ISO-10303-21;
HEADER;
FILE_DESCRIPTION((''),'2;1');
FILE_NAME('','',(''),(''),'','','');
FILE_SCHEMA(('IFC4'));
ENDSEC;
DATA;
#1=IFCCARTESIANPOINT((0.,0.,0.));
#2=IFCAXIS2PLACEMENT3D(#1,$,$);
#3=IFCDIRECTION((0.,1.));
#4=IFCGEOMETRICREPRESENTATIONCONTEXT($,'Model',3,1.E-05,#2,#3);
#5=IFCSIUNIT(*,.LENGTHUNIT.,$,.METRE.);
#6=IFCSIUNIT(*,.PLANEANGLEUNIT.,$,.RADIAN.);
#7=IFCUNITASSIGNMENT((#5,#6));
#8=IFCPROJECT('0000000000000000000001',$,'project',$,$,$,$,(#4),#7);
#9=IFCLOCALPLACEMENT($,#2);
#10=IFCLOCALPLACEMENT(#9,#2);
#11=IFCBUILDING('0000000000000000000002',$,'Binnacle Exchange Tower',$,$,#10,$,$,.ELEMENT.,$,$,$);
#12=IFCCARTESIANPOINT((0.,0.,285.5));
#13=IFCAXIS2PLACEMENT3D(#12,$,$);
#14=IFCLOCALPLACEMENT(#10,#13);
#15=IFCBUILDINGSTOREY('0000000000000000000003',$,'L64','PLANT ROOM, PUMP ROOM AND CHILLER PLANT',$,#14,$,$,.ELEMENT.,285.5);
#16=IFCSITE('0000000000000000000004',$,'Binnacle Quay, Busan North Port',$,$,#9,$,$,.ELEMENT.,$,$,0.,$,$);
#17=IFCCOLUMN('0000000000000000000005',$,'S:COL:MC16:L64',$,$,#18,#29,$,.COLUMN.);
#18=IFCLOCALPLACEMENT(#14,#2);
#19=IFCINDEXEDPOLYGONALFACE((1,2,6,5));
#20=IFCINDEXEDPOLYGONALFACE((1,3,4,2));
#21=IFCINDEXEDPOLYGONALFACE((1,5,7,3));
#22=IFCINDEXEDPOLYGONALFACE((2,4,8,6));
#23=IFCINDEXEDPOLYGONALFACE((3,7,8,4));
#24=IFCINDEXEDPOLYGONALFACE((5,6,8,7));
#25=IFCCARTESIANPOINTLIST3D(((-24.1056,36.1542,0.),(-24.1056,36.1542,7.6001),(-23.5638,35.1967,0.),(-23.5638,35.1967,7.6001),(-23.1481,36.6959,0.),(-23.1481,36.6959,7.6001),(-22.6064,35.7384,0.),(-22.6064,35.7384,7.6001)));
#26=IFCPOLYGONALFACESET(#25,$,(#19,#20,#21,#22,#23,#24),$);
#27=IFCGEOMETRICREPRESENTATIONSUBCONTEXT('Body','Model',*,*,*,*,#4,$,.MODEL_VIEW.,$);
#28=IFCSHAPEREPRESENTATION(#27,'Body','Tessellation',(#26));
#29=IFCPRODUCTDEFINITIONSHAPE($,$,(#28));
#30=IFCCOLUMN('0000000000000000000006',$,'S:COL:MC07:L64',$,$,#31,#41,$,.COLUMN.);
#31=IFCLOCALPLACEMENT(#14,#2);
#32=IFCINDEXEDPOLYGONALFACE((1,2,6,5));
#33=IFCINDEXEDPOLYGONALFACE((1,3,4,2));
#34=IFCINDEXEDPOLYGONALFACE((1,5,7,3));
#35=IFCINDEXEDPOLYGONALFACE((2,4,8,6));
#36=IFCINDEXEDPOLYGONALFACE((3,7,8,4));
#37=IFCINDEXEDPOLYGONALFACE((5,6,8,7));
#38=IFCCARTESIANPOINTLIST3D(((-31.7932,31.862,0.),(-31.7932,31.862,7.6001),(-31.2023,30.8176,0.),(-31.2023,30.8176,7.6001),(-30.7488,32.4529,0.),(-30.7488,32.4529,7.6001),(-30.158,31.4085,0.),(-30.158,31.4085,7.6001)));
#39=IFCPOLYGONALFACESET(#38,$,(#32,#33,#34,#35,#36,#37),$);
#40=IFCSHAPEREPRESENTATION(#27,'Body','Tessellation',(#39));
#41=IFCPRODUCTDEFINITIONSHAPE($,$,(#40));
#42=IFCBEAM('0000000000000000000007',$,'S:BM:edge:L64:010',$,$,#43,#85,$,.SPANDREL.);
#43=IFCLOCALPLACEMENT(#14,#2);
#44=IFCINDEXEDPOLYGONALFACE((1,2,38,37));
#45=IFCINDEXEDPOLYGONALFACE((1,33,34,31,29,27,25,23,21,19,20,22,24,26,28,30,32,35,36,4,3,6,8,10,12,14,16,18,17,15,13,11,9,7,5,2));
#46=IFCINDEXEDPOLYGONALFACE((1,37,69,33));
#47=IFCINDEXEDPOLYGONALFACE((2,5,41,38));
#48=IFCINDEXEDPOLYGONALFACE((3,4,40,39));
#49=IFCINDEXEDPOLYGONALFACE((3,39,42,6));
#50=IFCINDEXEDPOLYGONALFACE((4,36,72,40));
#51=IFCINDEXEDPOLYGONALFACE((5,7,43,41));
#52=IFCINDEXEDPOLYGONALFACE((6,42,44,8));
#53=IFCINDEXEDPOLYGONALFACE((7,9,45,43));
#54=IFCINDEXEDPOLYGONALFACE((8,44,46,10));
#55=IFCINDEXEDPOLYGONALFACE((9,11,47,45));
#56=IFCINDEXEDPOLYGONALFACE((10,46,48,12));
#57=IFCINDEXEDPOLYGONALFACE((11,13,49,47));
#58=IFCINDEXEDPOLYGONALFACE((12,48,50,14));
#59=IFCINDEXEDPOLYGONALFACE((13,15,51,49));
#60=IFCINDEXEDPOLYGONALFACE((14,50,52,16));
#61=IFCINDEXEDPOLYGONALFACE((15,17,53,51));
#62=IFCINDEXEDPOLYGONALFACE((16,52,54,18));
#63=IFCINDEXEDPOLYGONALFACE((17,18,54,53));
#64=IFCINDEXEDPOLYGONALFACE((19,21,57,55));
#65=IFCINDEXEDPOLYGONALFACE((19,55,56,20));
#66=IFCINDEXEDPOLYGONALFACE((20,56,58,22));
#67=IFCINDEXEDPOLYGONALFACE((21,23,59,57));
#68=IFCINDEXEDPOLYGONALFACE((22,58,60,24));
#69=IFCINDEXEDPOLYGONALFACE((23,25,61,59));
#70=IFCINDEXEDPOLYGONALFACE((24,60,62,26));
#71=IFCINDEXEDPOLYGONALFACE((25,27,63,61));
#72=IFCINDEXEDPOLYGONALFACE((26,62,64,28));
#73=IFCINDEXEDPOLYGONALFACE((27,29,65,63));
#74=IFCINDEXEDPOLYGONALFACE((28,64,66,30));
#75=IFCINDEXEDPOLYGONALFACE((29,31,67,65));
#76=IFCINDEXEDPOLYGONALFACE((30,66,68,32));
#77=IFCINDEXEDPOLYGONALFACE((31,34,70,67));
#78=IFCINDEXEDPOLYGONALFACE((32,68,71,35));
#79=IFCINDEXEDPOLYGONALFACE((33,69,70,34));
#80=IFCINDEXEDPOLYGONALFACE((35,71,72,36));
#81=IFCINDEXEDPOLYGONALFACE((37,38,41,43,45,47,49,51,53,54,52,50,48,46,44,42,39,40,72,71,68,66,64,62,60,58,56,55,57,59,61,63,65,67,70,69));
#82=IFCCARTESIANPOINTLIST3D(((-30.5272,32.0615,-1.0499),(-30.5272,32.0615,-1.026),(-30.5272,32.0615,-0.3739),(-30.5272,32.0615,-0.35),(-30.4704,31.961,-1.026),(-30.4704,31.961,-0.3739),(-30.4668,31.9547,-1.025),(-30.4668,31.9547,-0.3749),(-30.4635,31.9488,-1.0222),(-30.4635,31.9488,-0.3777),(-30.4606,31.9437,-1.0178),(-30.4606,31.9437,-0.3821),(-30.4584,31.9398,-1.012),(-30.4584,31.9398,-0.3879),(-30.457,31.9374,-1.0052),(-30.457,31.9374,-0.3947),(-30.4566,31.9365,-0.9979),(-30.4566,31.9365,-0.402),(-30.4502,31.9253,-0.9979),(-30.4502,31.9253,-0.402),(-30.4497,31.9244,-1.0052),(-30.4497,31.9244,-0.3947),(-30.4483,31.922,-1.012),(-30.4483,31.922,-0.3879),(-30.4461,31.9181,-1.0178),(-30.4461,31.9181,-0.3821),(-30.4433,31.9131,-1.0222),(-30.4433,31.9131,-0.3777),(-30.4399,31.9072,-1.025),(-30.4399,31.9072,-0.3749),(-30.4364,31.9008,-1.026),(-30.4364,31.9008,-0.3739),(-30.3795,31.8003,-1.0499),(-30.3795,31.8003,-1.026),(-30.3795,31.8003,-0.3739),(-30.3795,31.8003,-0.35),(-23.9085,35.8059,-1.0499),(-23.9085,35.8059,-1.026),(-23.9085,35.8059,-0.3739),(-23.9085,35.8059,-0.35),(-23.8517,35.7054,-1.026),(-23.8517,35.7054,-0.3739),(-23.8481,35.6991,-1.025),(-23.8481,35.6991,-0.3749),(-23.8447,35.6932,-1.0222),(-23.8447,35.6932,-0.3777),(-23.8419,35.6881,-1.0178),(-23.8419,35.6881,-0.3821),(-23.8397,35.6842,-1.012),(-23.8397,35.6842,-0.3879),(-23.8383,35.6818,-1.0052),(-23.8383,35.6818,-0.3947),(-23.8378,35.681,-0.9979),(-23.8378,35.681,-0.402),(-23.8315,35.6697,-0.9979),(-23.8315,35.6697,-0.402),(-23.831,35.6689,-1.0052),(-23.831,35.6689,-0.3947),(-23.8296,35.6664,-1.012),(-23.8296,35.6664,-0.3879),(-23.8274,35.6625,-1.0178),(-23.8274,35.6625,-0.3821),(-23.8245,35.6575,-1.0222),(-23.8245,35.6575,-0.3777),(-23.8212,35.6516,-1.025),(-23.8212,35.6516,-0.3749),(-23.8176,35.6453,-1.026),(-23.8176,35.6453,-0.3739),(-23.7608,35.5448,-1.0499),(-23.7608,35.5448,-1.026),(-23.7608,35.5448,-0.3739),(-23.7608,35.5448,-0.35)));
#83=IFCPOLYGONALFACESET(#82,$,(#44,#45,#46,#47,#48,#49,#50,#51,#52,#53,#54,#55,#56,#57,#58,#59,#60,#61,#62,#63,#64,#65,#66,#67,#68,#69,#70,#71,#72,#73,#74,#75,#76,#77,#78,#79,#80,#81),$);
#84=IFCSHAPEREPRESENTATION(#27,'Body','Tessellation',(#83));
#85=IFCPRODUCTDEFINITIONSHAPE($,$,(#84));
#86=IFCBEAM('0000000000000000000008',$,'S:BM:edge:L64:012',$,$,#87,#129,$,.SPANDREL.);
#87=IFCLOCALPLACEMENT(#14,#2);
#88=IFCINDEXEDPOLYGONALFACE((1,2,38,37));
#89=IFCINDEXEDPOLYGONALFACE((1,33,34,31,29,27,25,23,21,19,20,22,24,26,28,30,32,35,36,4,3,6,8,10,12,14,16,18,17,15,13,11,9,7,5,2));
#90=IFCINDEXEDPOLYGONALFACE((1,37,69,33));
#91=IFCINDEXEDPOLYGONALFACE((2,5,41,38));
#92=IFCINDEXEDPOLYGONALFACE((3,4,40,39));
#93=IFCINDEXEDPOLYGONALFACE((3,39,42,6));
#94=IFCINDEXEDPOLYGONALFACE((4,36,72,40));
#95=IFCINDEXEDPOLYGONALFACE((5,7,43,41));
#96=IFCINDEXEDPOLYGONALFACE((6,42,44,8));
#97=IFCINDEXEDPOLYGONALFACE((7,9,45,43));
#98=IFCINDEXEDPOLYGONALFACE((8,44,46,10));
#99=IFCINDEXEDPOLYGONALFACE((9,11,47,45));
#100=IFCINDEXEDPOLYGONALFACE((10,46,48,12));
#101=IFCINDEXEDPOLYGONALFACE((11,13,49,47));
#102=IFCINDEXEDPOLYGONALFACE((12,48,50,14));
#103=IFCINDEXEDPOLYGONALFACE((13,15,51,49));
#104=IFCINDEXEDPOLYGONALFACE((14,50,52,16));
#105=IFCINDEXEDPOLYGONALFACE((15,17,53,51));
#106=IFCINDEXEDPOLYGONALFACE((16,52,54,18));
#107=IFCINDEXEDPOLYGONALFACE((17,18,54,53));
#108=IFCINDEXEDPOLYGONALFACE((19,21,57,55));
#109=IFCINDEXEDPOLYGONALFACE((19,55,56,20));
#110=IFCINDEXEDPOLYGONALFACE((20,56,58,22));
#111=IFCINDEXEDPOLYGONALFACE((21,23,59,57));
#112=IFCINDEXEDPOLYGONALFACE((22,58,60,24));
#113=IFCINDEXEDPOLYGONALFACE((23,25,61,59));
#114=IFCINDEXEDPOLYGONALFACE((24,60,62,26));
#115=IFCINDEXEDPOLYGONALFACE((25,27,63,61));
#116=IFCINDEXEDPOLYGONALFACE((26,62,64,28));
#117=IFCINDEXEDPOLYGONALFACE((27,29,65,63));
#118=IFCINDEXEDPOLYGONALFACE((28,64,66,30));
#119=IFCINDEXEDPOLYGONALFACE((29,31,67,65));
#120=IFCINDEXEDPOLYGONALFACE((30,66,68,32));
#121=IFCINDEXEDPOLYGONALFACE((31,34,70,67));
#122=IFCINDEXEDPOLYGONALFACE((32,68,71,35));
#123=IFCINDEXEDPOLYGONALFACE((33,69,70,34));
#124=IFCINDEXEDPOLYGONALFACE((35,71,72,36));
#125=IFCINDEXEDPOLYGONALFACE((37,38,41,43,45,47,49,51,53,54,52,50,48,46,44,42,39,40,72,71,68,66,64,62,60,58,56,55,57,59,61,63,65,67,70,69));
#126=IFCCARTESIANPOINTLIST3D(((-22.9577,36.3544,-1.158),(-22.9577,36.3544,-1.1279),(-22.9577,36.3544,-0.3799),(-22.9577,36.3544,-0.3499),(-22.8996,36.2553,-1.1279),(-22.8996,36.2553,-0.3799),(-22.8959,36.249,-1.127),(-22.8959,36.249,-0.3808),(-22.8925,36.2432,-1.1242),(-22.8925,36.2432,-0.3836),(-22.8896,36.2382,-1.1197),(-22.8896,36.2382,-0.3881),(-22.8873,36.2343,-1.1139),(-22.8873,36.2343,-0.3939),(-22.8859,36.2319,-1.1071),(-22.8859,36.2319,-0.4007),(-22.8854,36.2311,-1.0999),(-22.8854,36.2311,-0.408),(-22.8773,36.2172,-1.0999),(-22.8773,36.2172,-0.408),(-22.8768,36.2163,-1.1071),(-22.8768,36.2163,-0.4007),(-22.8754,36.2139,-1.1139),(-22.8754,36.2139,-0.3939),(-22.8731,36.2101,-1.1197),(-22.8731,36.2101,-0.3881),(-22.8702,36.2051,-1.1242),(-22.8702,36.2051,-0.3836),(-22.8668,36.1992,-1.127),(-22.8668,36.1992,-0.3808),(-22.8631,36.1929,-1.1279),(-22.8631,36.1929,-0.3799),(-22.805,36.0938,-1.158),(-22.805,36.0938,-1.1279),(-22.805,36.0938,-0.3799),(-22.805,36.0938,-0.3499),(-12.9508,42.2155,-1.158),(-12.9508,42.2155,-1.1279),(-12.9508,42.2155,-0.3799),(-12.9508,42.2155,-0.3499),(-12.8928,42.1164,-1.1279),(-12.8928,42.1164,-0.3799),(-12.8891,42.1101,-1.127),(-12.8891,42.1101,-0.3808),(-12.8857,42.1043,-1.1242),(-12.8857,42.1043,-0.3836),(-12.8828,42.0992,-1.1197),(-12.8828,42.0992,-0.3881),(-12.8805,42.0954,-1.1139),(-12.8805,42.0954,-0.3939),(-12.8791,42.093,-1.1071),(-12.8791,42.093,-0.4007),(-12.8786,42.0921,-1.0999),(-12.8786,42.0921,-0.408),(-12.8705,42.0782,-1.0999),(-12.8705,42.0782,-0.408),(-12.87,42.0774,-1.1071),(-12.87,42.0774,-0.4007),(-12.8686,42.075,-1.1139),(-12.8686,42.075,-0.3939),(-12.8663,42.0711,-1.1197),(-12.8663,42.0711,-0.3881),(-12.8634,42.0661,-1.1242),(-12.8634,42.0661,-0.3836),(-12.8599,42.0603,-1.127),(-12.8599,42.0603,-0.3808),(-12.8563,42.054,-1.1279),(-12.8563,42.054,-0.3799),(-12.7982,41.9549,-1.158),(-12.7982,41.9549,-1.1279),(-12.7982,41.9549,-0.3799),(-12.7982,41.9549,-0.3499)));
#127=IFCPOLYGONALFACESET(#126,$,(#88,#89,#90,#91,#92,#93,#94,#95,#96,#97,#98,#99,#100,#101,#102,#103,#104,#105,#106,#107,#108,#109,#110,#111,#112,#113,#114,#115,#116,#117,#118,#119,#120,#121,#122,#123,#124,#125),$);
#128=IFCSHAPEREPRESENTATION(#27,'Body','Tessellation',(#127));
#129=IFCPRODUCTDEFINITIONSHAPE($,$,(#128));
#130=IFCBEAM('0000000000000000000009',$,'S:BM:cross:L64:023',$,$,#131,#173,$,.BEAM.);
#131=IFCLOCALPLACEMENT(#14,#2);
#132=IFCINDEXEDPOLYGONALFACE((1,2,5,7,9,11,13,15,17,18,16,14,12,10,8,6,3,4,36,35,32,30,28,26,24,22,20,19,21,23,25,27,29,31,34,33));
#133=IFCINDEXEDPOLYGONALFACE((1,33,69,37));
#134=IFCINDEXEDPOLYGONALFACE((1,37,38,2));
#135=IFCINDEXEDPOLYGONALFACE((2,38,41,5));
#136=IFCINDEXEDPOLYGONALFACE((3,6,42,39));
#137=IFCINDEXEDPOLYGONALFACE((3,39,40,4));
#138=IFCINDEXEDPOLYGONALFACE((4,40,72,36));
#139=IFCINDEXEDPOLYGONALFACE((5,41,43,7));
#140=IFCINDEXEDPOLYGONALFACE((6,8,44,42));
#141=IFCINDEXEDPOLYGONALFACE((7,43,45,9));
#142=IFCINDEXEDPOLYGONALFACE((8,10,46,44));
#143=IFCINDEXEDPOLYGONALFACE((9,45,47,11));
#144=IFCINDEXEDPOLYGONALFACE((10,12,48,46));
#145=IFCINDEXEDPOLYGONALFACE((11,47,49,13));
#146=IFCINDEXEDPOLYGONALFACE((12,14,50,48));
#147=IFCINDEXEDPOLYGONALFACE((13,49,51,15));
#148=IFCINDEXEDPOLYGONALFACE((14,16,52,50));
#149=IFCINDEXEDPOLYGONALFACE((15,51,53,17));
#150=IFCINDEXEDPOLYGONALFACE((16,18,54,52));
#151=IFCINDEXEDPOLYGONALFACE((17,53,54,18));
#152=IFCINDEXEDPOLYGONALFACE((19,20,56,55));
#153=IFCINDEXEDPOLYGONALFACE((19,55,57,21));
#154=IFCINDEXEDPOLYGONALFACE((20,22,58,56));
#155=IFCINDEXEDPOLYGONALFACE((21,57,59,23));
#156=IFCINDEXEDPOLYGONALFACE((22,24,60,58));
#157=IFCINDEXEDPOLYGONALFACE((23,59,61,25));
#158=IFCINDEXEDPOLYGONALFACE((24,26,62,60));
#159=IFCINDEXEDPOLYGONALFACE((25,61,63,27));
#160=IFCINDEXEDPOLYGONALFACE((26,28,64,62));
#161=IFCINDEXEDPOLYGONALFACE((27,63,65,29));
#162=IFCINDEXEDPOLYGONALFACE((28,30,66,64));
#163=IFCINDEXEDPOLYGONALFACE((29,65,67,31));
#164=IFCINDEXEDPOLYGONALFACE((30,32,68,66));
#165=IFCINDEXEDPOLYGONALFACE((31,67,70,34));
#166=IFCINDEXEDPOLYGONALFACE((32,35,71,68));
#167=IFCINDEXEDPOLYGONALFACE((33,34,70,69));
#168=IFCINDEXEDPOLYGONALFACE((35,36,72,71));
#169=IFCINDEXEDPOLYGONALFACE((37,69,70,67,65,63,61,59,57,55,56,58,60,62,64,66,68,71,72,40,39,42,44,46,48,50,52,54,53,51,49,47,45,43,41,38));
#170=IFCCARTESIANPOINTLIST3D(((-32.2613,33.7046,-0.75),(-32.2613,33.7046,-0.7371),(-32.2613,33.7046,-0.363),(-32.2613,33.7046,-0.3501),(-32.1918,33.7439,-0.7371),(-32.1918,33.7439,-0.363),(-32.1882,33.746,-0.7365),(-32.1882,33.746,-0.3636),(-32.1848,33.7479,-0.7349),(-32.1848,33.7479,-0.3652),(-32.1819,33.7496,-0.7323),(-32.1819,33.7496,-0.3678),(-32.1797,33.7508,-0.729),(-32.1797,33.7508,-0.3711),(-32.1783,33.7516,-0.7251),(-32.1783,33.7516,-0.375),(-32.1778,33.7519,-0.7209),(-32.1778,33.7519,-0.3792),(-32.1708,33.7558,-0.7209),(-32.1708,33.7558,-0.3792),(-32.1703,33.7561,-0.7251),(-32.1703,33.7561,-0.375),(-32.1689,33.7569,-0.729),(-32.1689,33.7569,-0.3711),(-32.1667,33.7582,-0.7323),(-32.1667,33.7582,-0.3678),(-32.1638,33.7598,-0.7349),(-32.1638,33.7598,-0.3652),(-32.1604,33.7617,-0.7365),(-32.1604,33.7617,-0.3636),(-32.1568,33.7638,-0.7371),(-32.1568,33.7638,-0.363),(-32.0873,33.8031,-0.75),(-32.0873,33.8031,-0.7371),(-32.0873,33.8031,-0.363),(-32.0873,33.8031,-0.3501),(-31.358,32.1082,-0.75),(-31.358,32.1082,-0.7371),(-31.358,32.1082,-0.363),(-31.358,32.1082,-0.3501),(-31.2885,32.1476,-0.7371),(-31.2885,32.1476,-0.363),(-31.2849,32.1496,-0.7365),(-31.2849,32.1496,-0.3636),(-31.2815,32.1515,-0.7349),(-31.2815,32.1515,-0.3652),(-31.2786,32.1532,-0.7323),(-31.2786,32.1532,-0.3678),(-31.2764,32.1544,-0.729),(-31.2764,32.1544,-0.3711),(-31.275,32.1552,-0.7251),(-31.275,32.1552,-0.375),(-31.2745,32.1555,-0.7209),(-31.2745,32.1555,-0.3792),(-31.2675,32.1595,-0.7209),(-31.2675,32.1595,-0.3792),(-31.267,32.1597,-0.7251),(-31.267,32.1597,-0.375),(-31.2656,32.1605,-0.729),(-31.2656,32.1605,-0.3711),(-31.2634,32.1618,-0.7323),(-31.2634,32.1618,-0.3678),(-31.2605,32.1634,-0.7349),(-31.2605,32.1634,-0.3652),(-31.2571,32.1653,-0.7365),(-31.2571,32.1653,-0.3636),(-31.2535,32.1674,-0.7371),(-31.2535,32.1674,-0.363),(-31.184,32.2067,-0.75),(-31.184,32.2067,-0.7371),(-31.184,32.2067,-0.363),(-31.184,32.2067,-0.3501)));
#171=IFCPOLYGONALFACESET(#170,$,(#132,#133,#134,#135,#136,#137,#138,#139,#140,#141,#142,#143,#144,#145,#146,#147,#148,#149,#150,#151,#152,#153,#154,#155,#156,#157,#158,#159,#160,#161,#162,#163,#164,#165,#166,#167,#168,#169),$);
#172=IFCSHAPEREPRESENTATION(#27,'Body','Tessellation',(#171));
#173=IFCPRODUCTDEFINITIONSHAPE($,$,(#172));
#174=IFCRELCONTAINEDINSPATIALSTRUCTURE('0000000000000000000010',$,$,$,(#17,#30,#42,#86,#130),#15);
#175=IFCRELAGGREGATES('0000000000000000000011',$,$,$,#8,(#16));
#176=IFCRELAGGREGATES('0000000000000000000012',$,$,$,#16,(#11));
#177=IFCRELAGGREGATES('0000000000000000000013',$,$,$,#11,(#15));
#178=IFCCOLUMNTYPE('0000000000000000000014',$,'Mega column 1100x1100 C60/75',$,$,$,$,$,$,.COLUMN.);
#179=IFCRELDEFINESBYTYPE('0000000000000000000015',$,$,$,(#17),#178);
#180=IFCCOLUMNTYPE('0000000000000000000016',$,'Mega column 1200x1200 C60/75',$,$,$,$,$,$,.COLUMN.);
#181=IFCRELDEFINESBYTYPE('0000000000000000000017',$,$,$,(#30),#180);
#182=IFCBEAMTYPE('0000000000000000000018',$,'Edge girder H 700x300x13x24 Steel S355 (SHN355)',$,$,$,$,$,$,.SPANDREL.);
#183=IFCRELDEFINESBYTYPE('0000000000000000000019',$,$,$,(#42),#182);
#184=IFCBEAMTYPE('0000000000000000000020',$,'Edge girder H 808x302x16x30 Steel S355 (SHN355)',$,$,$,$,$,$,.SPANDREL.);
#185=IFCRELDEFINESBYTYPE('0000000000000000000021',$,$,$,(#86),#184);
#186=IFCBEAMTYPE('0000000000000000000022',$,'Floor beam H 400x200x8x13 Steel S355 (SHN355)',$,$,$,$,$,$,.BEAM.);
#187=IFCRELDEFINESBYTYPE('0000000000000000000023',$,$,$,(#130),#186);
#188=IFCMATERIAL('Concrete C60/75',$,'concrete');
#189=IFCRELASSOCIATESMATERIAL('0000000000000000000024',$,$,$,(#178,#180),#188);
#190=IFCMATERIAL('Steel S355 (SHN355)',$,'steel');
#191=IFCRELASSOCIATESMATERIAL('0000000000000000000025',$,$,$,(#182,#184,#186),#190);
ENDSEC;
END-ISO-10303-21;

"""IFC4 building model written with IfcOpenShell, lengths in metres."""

from ifc_helpers import new_model, si_unit, direction, frame, origin, origin_2d, place, context, subcontext, project, spatial, rectangle, i_section, extrude, material, material_profile, profile_set, type_object, element, save


model = new_model("IFC4")

# Units and contexts
model_context = context("Model", 3, precision=1e-05, world=origin(), true_north=direction((0.0, 1.0)))
body_context = subcontext(model_context, "Body", "Model", "MODEL_VIEW")
ifc_project = project(units=[si_unit("LENGTHUNIT", "METRE"), si_unit("PLANEANGLEUNIT", "RADIAN")], contexts=[model_context])

# Site, building, storey
site_placement = place(None, origin())
site = spatial("IfcSite", under=ifc_project, at=site_placement, Name="Binnacle Quay, Busan North Port", CompositionType="ELEMENT", RefElevation=0.0)
building_placement = place(site_placement, origin())
building = spatial("IfcBuilding", under=site, at=building_placement, Name="Binnacle Exchange Tower", CompositionType="ELEMENT")
storey_placement = place(building_placement, frame((0.0, 0.0, 285.5)))
storey = spatial("IfcBuildingStorey", under=building, at=storey_placement, Name="L64", Description="PLANT ROOM, PUMP ROOM AND CHILLER PLANT", CompositionType="ELEMENT", Elevation=285.5)

# Columns
ifc_material_1 = material(Name="Concrete C60/75", Category="concrete")
ifc_material_profile_1 = material_profile(ifc_material_1, rectangle(XDim=1.1001, YDim=1.1001, at=origin_2d()), Name="Mega column 1100x1100 C60/75")
ifc_profile_set_1 = profile_set([ifc_material_profile_1], Name="Concrete C60/75")
column_type_1 = type_object("IfcColumnType", Name="Mega column 1100x1100 C60/75", PredefinedType="COLUMN", material=ifc_profile_set_1)
column_1_placement = place(storey_placement, frame((-23.356, 35.9463, 0.0), z_axis=(0.0, 0.0, 1.0), x_axis=(0.870356, 0.492424, 0.0)))
element("IfcColumn", 1, at=column_1_placement, inside=storey, type_object=column_type_1, Name="S:COL:MC16:L64", PredefinedType="COLUMN", context=body_context, shape_type="SweptSolid", body=[
    extrude(rectangle(XDim=1.1001, YDim=1.1001, at=origin_2d()), origin(), (0.0, 0.0, 1.0), 7.6001),
])
ifc_material_profile_2 = material_profile(ifc_material_1, rectangle(XDim=1.2, YDim=1.2, at=origin_2d()), Name="Mega column 1200x1200 C60/75")
ifc_profile_set_2 = profile_set([ifc_material_profile_2], Name="Concrete C60/75")
column_type_2 = type_object("IfcColumnType", Name="Mega column 1200x1200 C60/75", PredefinedType="COLUMN", material=ifc_profile_set_2)
column_2_placement = place(storey_placement, frame((-30.9756, 31.6353, 0.0), z_axis=(0.0, 0.0, 1.0), x_axis=(0.870356, 0.492424, 0.0)))
element("IfcColumn", 2, at=column_2_placement, inside=storey, type_object=column_type_2, Name="S:COL:MC07:L64", PredefinedType="COLUMN", context=body_context, shape_type="SweptSolid", body=[
    extrude(rectangle(XDim=1.2, YDim=1.2, at=origin_2d()), origin(), (0.0, 0.0, 1.0), 7.6001),
])

# Beams
ifc_material_2 = material(Name="Steel S355 (SHN355)", Category="steel")
ifc_material_profile_3 = material_profile(ifc_material_2, i_section(OverallWidth=0.3, OverallDepth=0.7, WebThickness=0.0129, FlangeThickness=0.0239, FilletRadius=0.0281, at=origin_2d()), Name="H 700x300x13x24")
ifc_profile_set_3 = profile_set([ifc_material_profile_3], Name="Steel S355 (SHN355)")
beam_type_1 = type_object("IfcBeamType", Name="Edge girder H 700x300x13x24 Steel S355 (SHN355)", PredefinedType="SPANDREL", material=ifc_profile_set_3)
beam_1_placement = place(storey_placement, frame((-30.4534, 31.9309, -0.7), z_axis=(0.870371, 0.492397, 0.0), x_axis=(-0.492397, 0.870371, 0.0)))
element("IfcBeam", 3, at=beam_1_placement, inside=storey, type_object=beam_type_1, Name="S:BM:edge:L64:010", PredefinedType="SPANDREL", context=body_context, shape_type="SweptSolid", body=[
    extrude(i_section(OverallWidth=0.3, OverallDepth=0.7, WebThickness=0.0129, FlangeThickness=0.0239, FilletRadius=0.0281, at=origin_2d()), origin(), (0.0, 0.0, 1.0), 7.6045),
])
ifc_material_profile_4 = material_profile(ifc_material_2, i_section(OverallWidth=0.302, OverallDepth=0.8081, WebThickness=0.0161, FlangeThickness=0.03, FilletRadius=0.0281, at=origin_2d()), Name="H 808x302x16x30")
ifc_profile_set_4 = profile_set([ifc_material_profile_4], Name="Steel S355 (SHN355)")
beam_type_2 = type_object("IfcBeamType", Name="Edge girder H 808x302x16x30 Steel S355 (SHN355)", PredefinedType="SPANDREL", material=ifc_profile_set_4)
beam_2_placement = place(storey_placement, frame((-22.8813, 36.2241, -0.7539), z_axis=(0.862886, 0.505399, 0.0), x_axis=(-0.505399, 0.862886, 0.0)))
element("IfcBeam", 4, at=beam_2_placement, inside=storey, type_object=beam_type_2, Name="S:BM:edge:L64:012", PredefinedType="SPANDREL", context=body_context, shape_type="SweptSolid", body=[
    extrude(i_section(OverallWidth=0.302, OverallDepth=0.8081, WebThickness=0.0161, FlangeThickness=0.03, FilletRadius=0.0281, at=origin_2d()), origin(), (0.0, 0.0, 1.0), 11.5969),
])
ifc_material_profile_5 = material_profile(ifc_material_2, i_section(OverallWidth=0.2, OverallDepth=0.3999, WebThickness=0.0081, FlangeThickness=0.0129, FilletRadius=0.0161, at=origin_2d()), Name="H 400x200x8x13")
ifc_profile_set_5 = profile_set([ifc_material_profile_5], Name="Steel S355 (SHN355)")
beam_type_3 = type_object("IfcBeamType", Name="Floor beam H 400x200x8x13 Steel S355 (SHN355)", PredefinedType="BEAM", material=ifc_profile_set_5)
beam_3_placement = place(storey_placement, frame((-31.271, 32.1575, -0.55), z_axis=(-0.492465, 0.870332, 0.0), x_axis=(-0.870332, -0.492465, 0.0)))
element("IfcBeam", 5, at=beam_3_placement, inside=storey, type_object=beam_type_3, Name="S:BM:cross:L64:023", PredefinedType="BEAM", context=body_context, shape_type="SweptSolid", body=[
    extrude(i_section(OverallWidth=0.2, OverallDepth=0.3999, WebThickness=0.0081, FlangeThickness=0.0129, FilletRadius=0.0161, at=origin_2d()), origin(), (0.0, 0.0, 1.0), 1.8342),
])

save(model, "model.ifc")
